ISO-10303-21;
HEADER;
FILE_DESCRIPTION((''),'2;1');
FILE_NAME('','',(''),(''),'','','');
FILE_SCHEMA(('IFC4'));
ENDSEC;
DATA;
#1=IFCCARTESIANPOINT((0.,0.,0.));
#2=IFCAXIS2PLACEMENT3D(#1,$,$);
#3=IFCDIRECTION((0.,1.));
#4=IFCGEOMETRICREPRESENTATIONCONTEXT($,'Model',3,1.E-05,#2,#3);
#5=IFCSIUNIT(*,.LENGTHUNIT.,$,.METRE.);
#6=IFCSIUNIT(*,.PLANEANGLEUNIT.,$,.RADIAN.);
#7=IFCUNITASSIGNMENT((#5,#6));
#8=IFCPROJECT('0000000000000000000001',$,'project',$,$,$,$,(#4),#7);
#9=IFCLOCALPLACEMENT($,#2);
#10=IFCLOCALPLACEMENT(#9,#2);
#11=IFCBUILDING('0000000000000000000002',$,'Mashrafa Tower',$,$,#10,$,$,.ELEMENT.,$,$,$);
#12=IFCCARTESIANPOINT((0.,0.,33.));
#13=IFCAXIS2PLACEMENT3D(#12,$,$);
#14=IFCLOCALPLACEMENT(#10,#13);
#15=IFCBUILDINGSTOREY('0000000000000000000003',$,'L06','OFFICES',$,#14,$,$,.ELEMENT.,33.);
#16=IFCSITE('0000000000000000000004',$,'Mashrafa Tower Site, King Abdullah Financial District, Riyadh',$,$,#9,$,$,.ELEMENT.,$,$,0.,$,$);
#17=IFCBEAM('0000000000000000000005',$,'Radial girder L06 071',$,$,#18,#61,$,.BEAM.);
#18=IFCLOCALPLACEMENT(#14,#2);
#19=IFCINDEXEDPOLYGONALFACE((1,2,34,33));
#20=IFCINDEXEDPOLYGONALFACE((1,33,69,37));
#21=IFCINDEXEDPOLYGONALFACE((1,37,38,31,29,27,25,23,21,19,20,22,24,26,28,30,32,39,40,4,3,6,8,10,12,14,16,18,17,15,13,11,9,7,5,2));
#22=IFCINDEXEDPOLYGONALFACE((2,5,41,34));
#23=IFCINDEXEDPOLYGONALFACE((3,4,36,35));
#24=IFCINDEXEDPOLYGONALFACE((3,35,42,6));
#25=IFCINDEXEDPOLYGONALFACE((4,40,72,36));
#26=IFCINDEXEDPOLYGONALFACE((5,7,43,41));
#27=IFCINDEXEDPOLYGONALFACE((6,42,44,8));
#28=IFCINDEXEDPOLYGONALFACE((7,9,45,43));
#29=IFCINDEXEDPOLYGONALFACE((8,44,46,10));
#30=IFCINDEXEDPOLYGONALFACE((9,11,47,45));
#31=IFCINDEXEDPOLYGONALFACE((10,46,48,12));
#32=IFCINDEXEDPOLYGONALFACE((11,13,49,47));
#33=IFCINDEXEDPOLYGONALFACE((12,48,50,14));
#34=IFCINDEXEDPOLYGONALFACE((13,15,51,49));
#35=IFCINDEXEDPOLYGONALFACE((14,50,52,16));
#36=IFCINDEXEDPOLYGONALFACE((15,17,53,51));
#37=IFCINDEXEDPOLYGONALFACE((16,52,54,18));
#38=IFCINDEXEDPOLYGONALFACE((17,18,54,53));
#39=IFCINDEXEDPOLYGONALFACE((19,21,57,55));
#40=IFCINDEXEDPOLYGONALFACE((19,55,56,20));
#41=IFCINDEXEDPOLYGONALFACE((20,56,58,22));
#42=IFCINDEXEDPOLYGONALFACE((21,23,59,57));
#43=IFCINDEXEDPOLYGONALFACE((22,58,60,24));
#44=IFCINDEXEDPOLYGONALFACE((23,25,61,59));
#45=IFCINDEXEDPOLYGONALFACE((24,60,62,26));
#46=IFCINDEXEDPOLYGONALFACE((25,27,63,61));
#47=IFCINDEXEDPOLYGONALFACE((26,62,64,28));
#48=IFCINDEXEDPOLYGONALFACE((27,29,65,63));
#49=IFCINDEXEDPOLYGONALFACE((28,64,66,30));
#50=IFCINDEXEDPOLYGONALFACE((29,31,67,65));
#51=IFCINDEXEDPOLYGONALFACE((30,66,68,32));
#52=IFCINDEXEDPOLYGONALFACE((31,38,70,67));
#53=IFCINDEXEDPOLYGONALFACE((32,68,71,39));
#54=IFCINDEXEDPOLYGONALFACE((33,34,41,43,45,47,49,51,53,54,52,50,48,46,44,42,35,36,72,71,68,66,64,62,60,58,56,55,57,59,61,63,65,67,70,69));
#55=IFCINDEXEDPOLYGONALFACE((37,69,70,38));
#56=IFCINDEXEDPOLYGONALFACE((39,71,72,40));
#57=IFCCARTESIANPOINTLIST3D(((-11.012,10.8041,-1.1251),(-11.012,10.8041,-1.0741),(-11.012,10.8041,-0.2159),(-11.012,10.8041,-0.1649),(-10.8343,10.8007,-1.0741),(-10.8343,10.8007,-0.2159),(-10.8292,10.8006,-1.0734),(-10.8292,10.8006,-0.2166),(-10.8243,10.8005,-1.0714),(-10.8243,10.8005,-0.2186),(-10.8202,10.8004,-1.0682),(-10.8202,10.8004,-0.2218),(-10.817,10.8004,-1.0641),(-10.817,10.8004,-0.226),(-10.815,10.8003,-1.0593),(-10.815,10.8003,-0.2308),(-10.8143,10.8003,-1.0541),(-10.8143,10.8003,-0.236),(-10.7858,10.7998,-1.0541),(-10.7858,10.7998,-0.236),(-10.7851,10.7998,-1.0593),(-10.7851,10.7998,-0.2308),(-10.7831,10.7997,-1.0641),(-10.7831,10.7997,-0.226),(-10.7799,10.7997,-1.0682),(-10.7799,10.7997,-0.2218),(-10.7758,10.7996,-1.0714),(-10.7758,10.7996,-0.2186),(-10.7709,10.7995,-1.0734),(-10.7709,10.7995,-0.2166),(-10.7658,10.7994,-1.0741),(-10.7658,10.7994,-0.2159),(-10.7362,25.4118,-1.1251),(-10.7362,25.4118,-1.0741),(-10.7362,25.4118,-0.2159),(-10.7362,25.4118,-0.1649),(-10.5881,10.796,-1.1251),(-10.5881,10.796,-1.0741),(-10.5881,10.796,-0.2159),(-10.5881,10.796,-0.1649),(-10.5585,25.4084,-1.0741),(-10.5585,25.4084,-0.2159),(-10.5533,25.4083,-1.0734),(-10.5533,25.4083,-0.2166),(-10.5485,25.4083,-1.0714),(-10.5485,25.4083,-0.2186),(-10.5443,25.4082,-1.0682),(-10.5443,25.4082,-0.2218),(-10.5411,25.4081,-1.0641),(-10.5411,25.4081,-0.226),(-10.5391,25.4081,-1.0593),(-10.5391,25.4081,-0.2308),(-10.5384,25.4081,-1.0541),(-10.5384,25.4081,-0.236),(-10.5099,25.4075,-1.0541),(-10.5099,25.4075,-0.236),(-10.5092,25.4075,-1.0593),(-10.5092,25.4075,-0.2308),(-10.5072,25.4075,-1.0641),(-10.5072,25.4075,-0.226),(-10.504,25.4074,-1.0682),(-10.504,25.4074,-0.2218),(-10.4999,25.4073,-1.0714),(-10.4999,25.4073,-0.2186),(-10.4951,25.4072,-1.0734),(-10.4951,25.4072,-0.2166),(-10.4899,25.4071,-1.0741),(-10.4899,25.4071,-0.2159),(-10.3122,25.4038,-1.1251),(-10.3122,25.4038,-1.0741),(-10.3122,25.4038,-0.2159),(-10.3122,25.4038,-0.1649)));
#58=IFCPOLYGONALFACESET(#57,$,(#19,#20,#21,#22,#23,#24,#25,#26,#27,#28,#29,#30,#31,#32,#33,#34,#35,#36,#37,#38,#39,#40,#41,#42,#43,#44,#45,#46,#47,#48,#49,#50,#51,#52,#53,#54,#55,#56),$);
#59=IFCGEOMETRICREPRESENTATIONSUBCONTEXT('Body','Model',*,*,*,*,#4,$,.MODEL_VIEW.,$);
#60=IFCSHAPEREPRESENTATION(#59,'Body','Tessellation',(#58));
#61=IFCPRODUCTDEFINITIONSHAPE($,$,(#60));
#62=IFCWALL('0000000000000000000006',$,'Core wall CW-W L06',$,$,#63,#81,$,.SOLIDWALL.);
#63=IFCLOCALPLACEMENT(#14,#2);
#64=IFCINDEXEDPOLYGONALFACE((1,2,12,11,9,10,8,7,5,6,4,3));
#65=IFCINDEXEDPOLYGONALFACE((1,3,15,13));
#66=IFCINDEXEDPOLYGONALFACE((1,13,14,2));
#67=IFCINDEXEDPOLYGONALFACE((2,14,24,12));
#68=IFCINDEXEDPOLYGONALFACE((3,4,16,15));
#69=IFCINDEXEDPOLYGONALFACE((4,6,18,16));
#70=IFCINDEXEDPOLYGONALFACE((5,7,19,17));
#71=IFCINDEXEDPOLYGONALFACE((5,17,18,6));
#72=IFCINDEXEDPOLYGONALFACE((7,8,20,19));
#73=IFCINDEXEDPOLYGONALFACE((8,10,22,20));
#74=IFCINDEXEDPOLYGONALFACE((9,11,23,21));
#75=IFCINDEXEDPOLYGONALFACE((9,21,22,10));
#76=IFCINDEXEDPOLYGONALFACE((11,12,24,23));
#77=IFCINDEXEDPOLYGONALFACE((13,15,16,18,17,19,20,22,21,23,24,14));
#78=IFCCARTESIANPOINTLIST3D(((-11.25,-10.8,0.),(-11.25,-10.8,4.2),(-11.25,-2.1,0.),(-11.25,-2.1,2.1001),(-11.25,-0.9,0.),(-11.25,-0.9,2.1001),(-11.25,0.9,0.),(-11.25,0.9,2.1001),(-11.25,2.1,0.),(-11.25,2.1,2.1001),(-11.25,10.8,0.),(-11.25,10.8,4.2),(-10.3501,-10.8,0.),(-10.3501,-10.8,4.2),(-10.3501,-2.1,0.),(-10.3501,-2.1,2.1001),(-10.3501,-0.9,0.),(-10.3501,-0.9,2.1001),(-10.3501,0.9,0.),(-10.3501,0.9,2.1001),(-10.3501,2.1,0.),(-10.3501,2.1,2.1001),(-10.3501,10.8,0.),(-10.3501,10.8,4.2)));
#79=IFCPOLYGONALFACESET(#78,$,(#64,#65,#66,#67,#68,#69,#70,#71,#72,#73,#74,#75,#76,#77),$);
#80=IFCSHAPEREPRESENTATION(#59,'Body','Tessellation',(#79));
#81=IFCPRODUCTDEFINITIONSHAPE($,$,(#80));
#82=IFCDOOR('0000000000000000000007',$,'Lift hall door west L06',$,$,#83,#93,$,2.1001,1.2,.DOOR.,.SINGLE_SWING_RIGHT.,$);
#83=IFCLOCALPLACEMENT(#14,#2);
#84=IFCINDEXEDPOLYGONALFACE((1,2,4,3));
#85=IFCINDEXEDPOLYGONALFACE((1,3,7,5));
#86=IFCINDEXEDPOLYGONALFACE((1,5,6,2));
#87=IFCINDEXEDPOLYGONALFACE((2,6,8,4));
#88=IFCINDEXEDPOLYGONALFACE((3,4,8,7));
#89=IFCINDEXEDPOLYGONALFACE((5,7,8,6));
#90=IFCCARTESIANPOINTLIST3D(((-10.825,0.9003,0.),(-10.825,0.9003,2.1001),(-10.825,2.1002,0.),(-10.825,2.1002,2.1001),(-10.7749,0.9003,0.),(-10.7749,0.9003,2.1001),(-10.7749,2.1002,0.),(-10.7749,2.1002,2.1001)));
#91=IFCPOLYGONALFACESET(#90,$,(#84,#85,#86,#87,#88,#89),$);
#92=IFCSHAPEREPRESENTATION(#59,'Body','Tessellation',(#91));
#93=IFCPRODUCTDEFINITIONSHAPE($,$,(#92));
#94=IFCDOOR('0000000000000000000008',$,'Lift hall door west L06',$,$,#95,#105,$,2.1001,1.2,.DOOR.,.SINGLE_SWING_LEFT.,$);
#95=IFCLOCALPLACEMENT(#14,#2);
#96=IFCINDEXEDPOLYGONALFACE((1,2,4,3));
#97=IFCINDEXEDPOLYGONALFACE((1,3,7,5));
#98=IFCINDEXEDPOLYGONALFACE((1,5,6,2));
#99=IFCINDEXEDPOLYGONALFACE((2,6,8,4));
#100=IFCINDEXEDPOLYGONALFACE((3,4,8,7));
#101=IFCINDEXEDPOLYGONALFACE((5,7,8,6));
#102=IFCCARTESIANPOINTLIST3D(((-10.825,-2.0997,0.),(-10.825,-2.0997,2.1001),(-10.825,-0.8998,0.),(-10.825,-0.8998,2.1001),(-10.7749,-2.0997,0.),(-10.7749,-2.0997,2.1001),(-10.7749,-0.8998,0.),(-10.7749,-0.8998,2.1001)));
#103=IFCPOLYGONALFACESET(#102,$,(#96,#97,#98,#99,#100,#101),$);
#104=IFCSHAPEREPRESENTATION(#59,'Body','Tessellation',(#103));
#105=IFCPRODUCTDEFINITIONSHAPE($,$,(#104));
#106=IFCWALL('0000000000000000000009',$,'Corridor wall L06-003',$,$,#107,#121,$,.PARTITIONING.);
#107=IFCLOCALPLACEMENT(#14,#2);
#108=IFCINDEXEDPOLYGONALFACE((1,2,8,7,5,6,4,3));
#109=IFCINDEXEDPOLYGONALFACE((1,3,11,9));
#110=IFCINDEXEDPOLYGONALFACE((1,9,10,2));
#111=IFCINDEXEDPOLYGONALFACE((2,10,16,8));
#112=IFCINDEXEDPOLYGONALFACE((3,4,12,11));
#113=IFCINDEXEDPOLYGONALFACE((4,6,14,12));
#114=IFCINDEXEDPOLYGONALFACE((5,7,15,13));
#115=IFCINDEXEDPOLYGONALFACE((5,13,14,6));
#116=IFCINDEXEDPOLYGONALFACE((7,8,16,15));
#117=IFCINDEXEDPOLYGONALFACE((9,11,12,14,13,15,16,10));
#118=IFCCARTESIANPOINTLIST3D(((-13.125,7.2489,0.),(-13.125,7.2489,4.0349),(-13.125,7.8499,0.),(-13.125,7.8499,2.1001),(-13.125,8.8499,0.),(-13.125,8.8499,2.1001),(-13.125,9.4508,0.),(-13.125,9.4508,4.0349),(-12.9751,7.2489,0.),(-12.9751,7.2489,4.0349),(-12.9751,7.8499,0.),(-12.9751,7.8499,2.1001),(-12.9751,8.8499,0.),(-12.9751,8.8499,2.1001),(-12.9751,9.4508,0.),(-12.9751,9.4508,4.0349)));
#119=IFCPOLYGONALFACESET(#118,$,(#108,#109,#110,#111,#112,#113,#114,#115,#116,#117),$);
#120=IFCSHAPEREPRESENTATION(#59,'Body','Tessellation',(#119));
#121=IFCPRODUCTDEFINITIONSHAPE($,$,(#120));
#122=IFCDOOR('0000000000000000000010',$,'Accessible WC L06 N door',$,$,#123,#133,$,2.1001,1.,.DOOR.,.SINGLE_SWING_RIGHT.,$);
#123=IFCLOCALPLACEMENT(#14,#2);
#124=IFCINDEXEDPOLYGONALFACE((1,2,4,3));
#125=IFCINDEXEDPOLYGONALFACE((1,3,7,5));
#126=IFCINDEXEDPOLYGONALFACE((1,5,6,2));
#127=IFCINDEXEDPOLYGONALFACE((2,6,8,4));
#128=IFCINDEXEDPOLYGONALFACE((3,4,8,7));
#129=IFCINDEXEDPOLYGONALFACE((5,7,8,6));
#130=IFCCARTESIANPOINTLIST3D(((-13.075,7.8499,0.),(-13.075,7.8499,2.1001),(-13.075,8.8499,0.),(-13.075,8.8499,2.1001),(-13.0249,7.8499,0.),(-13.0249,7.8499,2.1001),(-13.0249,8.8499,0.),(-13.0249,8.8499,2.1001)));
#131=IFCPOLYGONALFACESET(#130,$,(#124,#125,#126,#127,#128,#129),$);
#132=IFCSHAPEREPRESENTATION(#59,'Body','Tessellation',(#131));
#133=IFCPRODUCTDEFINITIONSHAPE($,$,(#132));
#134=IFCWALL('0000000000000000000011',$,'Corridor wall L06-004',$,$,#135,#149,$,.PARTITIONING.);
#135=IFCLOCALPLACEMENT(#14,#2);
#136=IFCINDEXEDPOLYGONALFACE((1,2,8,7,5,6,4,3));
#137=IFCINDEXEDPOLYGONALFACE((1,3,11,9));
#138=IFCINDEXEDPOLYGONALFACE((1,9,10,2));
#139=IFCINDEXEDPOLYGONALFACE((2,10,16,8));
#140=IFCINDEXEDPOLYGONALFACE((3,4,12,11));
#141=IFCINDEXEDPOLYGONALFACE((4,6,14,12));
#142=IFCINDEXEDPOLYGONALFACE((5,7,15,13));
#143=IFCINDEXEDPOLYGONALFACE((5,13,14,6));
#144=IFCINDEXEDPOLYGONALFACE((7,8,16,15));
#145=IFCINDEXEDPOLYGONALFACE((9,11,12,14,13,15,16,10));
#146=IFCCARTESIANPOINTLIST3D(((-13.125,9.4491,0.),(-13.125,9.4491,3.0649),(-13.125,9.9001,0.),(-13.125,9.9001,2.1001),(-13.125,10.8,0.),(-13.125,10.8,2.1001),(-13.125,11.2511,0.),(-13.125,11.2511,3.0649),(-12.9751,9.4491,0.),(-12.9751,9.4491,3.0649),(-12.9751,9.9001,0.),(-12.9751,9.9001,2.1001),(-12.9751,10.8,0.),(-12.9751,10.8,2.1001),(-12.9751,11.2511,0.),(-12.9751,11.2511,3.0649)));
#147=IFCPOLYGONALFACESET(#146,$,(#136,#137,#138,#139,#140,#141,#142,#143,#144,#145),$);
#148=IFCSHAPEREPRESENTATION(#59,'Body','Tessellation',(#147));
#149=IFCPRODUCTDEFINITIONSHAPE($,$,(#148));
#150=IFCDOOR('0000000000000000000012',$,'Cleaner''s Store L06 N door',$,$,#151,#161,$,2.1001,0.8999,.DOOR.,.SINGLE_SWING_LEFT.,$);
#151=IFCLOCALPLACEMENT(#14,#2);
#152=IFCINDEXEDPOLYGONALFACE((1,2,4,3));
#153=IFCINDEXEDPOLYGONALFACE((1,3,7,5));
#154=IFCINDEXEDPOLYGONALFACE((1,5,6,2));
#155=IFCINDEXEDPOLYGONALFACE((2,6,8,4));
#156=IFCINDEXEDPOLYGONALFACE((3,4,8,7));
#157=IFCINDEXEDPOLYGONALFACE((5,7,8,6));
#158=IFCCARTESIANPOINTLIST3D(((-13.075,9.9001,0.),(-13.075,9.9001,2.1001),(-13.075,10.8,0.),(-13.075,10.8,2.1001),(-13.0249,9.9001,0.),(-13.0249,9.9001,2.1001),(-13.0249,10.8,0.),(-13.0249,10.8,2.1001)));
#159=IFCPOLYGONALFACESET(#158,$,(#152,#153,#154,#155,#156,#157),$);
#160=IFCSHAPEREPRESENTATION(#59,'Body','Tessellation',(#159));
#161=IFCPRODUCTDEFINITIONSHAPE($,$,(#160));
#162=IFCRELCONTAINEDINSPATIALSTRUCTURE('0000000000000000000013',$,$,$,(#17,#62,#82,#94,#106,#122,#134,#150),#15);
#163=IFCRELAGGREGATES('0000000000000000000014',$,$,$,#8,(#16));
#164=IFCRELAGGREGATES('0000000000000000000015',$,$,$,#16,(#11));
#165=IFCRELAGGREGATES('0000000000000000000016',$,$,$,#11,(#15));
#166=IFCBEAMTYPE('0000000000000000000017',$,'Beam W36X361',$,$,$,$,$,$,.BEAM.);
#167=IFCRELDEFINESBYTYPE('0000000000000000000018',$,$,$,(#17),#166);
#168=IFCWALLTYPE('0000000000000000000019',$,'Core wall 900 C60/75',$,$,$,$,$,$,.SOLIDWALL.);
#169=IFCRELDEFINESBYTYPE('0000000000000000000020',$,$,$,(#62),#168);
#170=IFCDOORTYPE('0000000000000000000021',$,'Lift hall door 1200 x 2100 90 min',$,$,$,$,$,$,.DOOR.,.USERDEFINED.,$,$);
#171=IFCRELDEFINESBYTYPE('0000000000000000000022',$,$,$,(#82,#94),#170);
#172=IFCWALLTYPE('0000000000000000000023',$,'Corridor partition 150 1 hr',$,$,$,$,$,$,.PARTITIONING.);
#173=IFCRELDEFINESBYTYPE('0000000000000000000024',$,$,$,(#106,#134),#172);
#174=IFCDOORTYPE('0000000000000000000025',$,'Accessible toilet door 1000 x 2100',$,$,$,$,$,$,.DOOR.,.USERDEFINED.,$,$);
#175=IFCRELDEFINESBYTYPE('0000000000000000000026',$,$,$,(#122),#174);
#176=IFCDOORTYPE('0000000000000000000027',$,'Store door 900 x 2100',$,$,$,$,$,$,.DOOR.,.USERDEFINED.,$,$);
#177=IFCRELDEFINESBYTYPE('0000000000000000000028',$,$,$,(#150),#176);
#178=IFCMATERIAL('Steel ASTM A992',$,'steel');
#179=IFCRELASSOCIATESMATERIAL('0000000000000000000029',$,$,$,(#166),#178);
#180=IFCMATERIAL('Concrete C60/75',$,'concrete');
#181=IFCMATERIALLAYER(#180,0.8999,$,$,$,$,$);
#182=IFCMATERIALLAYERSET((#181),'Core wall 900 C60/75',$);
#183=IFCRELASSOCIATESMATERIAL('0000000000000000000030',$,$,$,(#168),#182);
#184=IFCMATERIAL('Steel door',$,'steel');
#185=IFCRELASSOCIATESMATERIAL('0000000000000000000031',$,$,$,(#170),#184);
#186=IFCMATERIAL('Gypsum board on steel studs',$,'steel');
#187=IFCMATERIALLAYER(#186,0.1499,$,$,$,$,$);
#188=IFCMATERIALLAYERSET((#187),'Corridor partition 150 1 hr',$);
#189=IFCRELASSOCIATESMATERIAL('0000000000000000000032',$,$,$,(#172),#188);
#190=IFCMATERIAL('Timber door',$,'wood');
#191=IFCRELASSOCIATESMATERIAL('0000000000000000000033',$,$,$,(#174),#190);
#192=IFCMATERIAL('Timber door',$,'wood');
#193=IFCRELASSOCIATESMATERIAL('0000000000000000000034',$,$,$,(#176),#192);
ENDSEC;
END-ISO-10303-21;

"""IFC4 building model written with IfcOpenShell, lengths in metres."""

from ifc_helpers import new_model, si_unit, direction, frame, frame_2d, origin, origin_2d, place, context, subcontext, project, spatial, rectangle, i_section, extrude, material, layer, layer_set, material_profile, profile_set, type_object, element, fill, save


model = new_model("IFC4")

# Units and contexts
model_context = context("Model", 3, precision=1e-05, world=origin(), true_north=direction((0.0, 1.0)))
body_context = subcontext(model_context, "Body", "Model", "MODEL_VIEW")
ifc_project = project(units=[si_unit("LENGTHUNIT", "METRE"), si_unit("PLANEANGLEUNIT", "RADIAN")], contexts=[model_context])

# Site, building, storey
site_placement = place(None, origin())
site = spatial("IfcSite", under=ifc_project, at=site_placement, Name="Mashrafa Tower Site, King Abdullah Financial District, Riyadh", CompositionType="ELEMENT", RefElevation=0.0)
building_placement = place(site_placement, origin())
building = spatial("IfcBuilding", under=site, at=building_placement, Name="Mashrafa Tower", CompositionType="ELEMENT")
storey_placement = place(building_placement, frame((0.0, 0.0, 33.0)))
storey = spatial("IfcBuildingStorey", under=building, at=storey_placement, Name="L06", Description="OFFICES", CompositionType="ELEMENT", Elevation=33.0)

# Beam
ifc_material_1 = material(Name="Steel ASTM A992", Category="steel")
ifc_material_profile_1 = material_profile(ifc_material_1, i_section(OverallWidth=0.4241, OverallDepth=0.9602, WebThickness=0.0286, FlangeThickness=0.051, FilletRadius=0.02, at=origin_2d()), Name="W36X361")
ifc_profile_set_1 = profile_set([ifc_material_profile_1], Name="Steel ASTM A992")
beam_type_1 = type_object("IfcBeamType", Name="Beam W36X361", PredefinedType="BEAM", material=ifc_profile_set_1)
for number, where, z_axis, x_axis, name in (
    (1, (-10.8, 10.8, -0.645), (0.018883, 0.999822, 0.0), (-0.999822, 0.018883, 0.0), "Radial girder L06 071"),
):
    element("IfcBeam", number, at=place(storey_placement, frame(where, z_axis=z_axis, x_axis=x_axis)), inside=storey, type_object=beam_type_1, Name=name, PredefinedType="BEAM", context=body_context, shape_type="SweptSolid", body=[
        extrude(i_section(OverallWidth=0.4241, OverallDepth=0.9602, WebThickness=0.0286, FlangeThickness=0.051, FilletRadius=0.02, at=origin_2d()), origin(), (0.0, 0.0, 1.0), 14.6104),
    ])

# Wall, openings, doors
ifc_material_2 = material(Name="Concrete C60/75", Category="concrete")
ifc_layer_1 = layer(ifc_material_2, 0.8999)
ifc_layer_set_1 = layer_set([ifc_layer_1], Name="Core wall 900 C60/75")
wall_type_1 = type_object("IfcWallType", Name="Core wall 900 C60/75", PredefinedType="SOLIDWALL", material=ifc_layer_set_1)
wall_1_placement = place(storey_placement, frame((-10.8, 10.8, 0.0), z_axis=(0.0, 0.0, 1.0), x_axis=(0.0, -1.0, 0.0)))
wall_1 = element("IfcWall", 2, at=wall_1_placement, inside=storey, type_object=wall_type_1, Name="Core wall CW-W L06", PredefinedType="SOLIDWALL", context=body_context, shape_type="SweptSolid", body=[
    extrude(rectangle(XDim=21.6001, YDim=0.8999, at=frame_2d((10.8, 0.0))), origin(), (0.0, 0.0, 1.0), 4.2),
])
opening_1_placement = place(wall_1_placement, frame((8.7, 0.0, 0.0)))
opening_1 = element("IfcOpeningElement", 3, at=opening_1_placement, cuts=wall_1, PredefinedType="OPENING", context=body_context, shape_type="SweptSolid", body=[
    extrude(rectangle(XDim=1.2, YDim=2.1001, at=frame_2d((0.6001, 1.05))), frame((0.0, 0.46, 0.0), z_axis=(0.0, -1.0, 0.0), x_axis=(1.0, 0.0, 0.0)), (0.0, 0.0, 1.0), 0.9199),
])
opening_2_placement = place(wall_1_placement, frame((11.7, 0.0, 0.0)))
opening_2 = element("IfcOpeningElement", 4, at=opening_2_placement, cuts=wall_1, PredefinedType="OPENING", context=body_context, shape_type="SweptSolid", body=[
    extrude(rectangle(XDim=1.2, YDim=2.1001, at=frame_2d((0.6001, 1.05))), frame((0.0, 0.46, 0.0), z_axis=(0.0, -1.0, 0.0), x_axis=(1.0, 0.0, 0.0)), (0.0, 0.0, 1.0), 0.9199),
])
ifc_material_3 = material(Name="Steel door", Category="steel")
door_type_1 = type_object("IfcDoorType", Name="Lift hall door 1200 x 2100 90 min", OperationType="USERDEFINED", PredefinedType="DOOR", material=ifc_material_3)
door_1_placement = place(opening_1_placement, frame((1.2, 0.0, 0.0), z_axis=(0.0, 0.0, 1.0), x_axis=(-1.0, 0.0, 0.0)))
door_1 = element("IfcDoor", 5, at=door_1_placement, inside=storey, type_object=door_type_1, Name="Lift hall door west L06", OperationType="SINGLE_SWING_RIGHT", OverallHeight=2.1001, OverallWidth=1.2, PredefinedType="DOOR", context=body_context, shape_type="SweptSolid", body=[
    extrude(rectangle(XDim=1.2, YDim=2.1001, at=frame_2d((0.6001, 1.05))), frame((0.0, 0.0249, 0.0), z_axis=(0.0, -1.0, 0.0), x_axis=(1.0, 0.0, 0.0)), (0.0, 0.0, 1.0), 0.05),
])
fill(opening_1, door_1)
door_2_placement = place(opening_2_placement, frame((1.2, 0.0, 0.0), z_axis=(0.0, 0.0, 1.0), x_axis=(-1.0, 0.0, 0.0)))
door_2 = element("IfcDoor", 6, at=door_2_placement, inside=storey, type_object=door_type_1, Name="Lift hall door west L06", OperationType="SINGLE_SWING_LEFT", OverallHeight=2.1001, OverallWidth=1.2, PredefinedType="DOOR", context=body_context, shape_type="SweptSolid", body=[
    extrude(rectangle(XDim=1.2, YDim=2.1001, at=frame_2d((0.6001, 1.05))), frame((0.0, 0.0249, 0.0), z_axis=(0.0, -1.0, 0.0), x_axis=(1.0, 0.0, 0.0)), (0.0, 0.0, 1.0), 0.05),
])
fill(opening_2, door_2)

# Walls, openings, doors
ifc_material_4 = material(Name="Gypsum board on steel studs", Category="steel")
ifc_layer_2 = layer(ifc_material_4, 0.1499)
ifc_layer_set_2 = layer_set([ifc_layer_2], Name="Corridor partition 150 1 hr")
wall_type_2 = type_object("IfcWallType", Name="Corridor partition 150 1 hr", PredefinedType="PARTITIONING", material=ifc_layer_set_2)
wall_2_placement = place(storey_placement, frame((-13.05, 9.4509, 0.0), z_axis=(0.0, 0.0, 1.0), x_axis=(0.0, -1.0, 0.0)))
wall_2 = element("IfcWall", 7, at=wall_2_placement, inside=storey, type_object=wall_type_2, Name="Corridor wall L06-003", PredefinedType="PARTITIONING", context=body_context, shape_type="SweptSolid", body=[
    extrude(rectangle(XDim=2.2019, YDim=0.1499, at=frame_2d((1.1011, 0.0))), origin(), (0.0, 0.0, 1.0), 4.0349),
])
opening_3_placement = place(wall_2_placement, frame((0.6011, 0.0, 0.0)))
opening_3 = element("IfcOpeningElement", 8, at=opening_3_placement, cuts=wall_2, PredefinedType="OPENING", context=body_context, shape_type="SweptSolid", body=[
    extrude(rectangle(XDim=1.0, YDim=2.1001, at=frame_2d((0.5, 1.05))), frame((0.0, 0.085, 0.0), z_axis=(0.0, -1.0, 0.0), x_axis=(1.0, 0.0, 0.0)), (0.0, 0.0, 1.0), 0.1699),
])
ifc_material_5 = material(Name="Timber door", Category="wood")
door_type_2 = type_object("IfcDoorType", Name="Accessible toilet door 1000 x 2100", OperationType="USERDEFINED", PredefinedType="DOOR", material=ifc_material_5)
door_3_placement = place(opening_3_placement, frame((1.0, 0.0, 0.0), z_axis=(0.0, 0.0, 1.0), x_axis=(-1.0, 0.0, 0.0)))
door_3 = element("IfcDoor", 9, at=door_3_placement, inside=storey, type_object=door_type_2, Name="Accessible WC L06 N door", OperationType="SINGLE_SWING_RIGHT", OverallHeight=2.1001, OverallWidth=1.0, PredefinedType="DOOR", context=body_context, shape_type="SweptSolid", body=[
    extrude(rectangle(XDim=1.0, YDim=2.1001, at=frame_2d((0.5, 1.05))), frame((0.0, 0.0249, 0.0), z_axis=(0.0, -1.0, 0.0), x_axis=(1.0, 0.0, 0.0)), (0.0, 0.0, 1.0), 0.05),
])
fill(opening_3, door_3)
wall_3_placement = place(storey_placement, frame((-13.05, 11.251, 0.0), z_axis=(0.0, 0.0, 1.0), x_axis=(0.0, -1.0, 0.0)))
wall_3 = element("IfcWall", 10, at=wall_3_placement, inside=storey, type_object=wall_type_2, Name="Corridor wall L06-004", PredefinedType="PARTITIONING", context=body_context, shape_type="SweptSolid", body=[
    extrude(rectangle(XDim=1.802, YDim=0.1499, at=frame_2d((0.9009, 0.0))), origin(), (0.0, 0.0, 1.0), 3.0649),
])
opening_4_placement = place(wall_3_placement, frame((0.4509, 0.0, 0.0)))
opening_4 = element("IfcOpeningElement", 11, at=opening_4_placement, cuts=wall_3, PredefinedType="OPENING", context=body_context, shape_type="SweptSolid", body=[
    extrude(rectangle(XDim=0.8999, YDim=2.1001, at=frame_2d((0.45, 1.05))), frame((0.0, 0.085, 0.0), z_axis=(0.0, -1.0, 0.0), x_axis=(1.0, 0.0, 0.0)), (0.0, 0.0, 1.0), 0.1699),
])
ifc_material_6 = material(Name="Timber door", Category="wood")
door_type_3 = type_object("IfcDoorType", Name="Store door 900 x 2100", OperationType="USERDEFINED", PredefinedType="DOOR", material=ifc_material_6)
door_4_placement = place(opening_4_placement, frame((0.8999, 0.0, 0.0), z_axis=(0.0, 0.0, 1.0), x_axis=(-1.0, 0.0, 0.0)))
door_4 = element("IfcDoor", 12, at=door_4_placement, inside=storey, type_object=door_type_3, Name="Cleaner's Store L06 N door", OperationType="SINGLE_SWING_LEFT", OverallHeight=2.1001, OverallWidth=0.8999, PredefinedType="DOOR", context=body_context, shape_type="SweptSolid", body=[
    extrude(rectangle(XDim=0.8999, YDim=2.1001, at=frame_2d((0.45, 1.05))), frame((0.0, 0.0249, 0.0), z_axis=(0.0, -1.0, 0.0), x_axis=(1.0, 0.0, 0.0)), (0.0, 0.0, 1.0), 0.05),
])
fill(opening_4, door_4)

save(model, "model.ifc")
